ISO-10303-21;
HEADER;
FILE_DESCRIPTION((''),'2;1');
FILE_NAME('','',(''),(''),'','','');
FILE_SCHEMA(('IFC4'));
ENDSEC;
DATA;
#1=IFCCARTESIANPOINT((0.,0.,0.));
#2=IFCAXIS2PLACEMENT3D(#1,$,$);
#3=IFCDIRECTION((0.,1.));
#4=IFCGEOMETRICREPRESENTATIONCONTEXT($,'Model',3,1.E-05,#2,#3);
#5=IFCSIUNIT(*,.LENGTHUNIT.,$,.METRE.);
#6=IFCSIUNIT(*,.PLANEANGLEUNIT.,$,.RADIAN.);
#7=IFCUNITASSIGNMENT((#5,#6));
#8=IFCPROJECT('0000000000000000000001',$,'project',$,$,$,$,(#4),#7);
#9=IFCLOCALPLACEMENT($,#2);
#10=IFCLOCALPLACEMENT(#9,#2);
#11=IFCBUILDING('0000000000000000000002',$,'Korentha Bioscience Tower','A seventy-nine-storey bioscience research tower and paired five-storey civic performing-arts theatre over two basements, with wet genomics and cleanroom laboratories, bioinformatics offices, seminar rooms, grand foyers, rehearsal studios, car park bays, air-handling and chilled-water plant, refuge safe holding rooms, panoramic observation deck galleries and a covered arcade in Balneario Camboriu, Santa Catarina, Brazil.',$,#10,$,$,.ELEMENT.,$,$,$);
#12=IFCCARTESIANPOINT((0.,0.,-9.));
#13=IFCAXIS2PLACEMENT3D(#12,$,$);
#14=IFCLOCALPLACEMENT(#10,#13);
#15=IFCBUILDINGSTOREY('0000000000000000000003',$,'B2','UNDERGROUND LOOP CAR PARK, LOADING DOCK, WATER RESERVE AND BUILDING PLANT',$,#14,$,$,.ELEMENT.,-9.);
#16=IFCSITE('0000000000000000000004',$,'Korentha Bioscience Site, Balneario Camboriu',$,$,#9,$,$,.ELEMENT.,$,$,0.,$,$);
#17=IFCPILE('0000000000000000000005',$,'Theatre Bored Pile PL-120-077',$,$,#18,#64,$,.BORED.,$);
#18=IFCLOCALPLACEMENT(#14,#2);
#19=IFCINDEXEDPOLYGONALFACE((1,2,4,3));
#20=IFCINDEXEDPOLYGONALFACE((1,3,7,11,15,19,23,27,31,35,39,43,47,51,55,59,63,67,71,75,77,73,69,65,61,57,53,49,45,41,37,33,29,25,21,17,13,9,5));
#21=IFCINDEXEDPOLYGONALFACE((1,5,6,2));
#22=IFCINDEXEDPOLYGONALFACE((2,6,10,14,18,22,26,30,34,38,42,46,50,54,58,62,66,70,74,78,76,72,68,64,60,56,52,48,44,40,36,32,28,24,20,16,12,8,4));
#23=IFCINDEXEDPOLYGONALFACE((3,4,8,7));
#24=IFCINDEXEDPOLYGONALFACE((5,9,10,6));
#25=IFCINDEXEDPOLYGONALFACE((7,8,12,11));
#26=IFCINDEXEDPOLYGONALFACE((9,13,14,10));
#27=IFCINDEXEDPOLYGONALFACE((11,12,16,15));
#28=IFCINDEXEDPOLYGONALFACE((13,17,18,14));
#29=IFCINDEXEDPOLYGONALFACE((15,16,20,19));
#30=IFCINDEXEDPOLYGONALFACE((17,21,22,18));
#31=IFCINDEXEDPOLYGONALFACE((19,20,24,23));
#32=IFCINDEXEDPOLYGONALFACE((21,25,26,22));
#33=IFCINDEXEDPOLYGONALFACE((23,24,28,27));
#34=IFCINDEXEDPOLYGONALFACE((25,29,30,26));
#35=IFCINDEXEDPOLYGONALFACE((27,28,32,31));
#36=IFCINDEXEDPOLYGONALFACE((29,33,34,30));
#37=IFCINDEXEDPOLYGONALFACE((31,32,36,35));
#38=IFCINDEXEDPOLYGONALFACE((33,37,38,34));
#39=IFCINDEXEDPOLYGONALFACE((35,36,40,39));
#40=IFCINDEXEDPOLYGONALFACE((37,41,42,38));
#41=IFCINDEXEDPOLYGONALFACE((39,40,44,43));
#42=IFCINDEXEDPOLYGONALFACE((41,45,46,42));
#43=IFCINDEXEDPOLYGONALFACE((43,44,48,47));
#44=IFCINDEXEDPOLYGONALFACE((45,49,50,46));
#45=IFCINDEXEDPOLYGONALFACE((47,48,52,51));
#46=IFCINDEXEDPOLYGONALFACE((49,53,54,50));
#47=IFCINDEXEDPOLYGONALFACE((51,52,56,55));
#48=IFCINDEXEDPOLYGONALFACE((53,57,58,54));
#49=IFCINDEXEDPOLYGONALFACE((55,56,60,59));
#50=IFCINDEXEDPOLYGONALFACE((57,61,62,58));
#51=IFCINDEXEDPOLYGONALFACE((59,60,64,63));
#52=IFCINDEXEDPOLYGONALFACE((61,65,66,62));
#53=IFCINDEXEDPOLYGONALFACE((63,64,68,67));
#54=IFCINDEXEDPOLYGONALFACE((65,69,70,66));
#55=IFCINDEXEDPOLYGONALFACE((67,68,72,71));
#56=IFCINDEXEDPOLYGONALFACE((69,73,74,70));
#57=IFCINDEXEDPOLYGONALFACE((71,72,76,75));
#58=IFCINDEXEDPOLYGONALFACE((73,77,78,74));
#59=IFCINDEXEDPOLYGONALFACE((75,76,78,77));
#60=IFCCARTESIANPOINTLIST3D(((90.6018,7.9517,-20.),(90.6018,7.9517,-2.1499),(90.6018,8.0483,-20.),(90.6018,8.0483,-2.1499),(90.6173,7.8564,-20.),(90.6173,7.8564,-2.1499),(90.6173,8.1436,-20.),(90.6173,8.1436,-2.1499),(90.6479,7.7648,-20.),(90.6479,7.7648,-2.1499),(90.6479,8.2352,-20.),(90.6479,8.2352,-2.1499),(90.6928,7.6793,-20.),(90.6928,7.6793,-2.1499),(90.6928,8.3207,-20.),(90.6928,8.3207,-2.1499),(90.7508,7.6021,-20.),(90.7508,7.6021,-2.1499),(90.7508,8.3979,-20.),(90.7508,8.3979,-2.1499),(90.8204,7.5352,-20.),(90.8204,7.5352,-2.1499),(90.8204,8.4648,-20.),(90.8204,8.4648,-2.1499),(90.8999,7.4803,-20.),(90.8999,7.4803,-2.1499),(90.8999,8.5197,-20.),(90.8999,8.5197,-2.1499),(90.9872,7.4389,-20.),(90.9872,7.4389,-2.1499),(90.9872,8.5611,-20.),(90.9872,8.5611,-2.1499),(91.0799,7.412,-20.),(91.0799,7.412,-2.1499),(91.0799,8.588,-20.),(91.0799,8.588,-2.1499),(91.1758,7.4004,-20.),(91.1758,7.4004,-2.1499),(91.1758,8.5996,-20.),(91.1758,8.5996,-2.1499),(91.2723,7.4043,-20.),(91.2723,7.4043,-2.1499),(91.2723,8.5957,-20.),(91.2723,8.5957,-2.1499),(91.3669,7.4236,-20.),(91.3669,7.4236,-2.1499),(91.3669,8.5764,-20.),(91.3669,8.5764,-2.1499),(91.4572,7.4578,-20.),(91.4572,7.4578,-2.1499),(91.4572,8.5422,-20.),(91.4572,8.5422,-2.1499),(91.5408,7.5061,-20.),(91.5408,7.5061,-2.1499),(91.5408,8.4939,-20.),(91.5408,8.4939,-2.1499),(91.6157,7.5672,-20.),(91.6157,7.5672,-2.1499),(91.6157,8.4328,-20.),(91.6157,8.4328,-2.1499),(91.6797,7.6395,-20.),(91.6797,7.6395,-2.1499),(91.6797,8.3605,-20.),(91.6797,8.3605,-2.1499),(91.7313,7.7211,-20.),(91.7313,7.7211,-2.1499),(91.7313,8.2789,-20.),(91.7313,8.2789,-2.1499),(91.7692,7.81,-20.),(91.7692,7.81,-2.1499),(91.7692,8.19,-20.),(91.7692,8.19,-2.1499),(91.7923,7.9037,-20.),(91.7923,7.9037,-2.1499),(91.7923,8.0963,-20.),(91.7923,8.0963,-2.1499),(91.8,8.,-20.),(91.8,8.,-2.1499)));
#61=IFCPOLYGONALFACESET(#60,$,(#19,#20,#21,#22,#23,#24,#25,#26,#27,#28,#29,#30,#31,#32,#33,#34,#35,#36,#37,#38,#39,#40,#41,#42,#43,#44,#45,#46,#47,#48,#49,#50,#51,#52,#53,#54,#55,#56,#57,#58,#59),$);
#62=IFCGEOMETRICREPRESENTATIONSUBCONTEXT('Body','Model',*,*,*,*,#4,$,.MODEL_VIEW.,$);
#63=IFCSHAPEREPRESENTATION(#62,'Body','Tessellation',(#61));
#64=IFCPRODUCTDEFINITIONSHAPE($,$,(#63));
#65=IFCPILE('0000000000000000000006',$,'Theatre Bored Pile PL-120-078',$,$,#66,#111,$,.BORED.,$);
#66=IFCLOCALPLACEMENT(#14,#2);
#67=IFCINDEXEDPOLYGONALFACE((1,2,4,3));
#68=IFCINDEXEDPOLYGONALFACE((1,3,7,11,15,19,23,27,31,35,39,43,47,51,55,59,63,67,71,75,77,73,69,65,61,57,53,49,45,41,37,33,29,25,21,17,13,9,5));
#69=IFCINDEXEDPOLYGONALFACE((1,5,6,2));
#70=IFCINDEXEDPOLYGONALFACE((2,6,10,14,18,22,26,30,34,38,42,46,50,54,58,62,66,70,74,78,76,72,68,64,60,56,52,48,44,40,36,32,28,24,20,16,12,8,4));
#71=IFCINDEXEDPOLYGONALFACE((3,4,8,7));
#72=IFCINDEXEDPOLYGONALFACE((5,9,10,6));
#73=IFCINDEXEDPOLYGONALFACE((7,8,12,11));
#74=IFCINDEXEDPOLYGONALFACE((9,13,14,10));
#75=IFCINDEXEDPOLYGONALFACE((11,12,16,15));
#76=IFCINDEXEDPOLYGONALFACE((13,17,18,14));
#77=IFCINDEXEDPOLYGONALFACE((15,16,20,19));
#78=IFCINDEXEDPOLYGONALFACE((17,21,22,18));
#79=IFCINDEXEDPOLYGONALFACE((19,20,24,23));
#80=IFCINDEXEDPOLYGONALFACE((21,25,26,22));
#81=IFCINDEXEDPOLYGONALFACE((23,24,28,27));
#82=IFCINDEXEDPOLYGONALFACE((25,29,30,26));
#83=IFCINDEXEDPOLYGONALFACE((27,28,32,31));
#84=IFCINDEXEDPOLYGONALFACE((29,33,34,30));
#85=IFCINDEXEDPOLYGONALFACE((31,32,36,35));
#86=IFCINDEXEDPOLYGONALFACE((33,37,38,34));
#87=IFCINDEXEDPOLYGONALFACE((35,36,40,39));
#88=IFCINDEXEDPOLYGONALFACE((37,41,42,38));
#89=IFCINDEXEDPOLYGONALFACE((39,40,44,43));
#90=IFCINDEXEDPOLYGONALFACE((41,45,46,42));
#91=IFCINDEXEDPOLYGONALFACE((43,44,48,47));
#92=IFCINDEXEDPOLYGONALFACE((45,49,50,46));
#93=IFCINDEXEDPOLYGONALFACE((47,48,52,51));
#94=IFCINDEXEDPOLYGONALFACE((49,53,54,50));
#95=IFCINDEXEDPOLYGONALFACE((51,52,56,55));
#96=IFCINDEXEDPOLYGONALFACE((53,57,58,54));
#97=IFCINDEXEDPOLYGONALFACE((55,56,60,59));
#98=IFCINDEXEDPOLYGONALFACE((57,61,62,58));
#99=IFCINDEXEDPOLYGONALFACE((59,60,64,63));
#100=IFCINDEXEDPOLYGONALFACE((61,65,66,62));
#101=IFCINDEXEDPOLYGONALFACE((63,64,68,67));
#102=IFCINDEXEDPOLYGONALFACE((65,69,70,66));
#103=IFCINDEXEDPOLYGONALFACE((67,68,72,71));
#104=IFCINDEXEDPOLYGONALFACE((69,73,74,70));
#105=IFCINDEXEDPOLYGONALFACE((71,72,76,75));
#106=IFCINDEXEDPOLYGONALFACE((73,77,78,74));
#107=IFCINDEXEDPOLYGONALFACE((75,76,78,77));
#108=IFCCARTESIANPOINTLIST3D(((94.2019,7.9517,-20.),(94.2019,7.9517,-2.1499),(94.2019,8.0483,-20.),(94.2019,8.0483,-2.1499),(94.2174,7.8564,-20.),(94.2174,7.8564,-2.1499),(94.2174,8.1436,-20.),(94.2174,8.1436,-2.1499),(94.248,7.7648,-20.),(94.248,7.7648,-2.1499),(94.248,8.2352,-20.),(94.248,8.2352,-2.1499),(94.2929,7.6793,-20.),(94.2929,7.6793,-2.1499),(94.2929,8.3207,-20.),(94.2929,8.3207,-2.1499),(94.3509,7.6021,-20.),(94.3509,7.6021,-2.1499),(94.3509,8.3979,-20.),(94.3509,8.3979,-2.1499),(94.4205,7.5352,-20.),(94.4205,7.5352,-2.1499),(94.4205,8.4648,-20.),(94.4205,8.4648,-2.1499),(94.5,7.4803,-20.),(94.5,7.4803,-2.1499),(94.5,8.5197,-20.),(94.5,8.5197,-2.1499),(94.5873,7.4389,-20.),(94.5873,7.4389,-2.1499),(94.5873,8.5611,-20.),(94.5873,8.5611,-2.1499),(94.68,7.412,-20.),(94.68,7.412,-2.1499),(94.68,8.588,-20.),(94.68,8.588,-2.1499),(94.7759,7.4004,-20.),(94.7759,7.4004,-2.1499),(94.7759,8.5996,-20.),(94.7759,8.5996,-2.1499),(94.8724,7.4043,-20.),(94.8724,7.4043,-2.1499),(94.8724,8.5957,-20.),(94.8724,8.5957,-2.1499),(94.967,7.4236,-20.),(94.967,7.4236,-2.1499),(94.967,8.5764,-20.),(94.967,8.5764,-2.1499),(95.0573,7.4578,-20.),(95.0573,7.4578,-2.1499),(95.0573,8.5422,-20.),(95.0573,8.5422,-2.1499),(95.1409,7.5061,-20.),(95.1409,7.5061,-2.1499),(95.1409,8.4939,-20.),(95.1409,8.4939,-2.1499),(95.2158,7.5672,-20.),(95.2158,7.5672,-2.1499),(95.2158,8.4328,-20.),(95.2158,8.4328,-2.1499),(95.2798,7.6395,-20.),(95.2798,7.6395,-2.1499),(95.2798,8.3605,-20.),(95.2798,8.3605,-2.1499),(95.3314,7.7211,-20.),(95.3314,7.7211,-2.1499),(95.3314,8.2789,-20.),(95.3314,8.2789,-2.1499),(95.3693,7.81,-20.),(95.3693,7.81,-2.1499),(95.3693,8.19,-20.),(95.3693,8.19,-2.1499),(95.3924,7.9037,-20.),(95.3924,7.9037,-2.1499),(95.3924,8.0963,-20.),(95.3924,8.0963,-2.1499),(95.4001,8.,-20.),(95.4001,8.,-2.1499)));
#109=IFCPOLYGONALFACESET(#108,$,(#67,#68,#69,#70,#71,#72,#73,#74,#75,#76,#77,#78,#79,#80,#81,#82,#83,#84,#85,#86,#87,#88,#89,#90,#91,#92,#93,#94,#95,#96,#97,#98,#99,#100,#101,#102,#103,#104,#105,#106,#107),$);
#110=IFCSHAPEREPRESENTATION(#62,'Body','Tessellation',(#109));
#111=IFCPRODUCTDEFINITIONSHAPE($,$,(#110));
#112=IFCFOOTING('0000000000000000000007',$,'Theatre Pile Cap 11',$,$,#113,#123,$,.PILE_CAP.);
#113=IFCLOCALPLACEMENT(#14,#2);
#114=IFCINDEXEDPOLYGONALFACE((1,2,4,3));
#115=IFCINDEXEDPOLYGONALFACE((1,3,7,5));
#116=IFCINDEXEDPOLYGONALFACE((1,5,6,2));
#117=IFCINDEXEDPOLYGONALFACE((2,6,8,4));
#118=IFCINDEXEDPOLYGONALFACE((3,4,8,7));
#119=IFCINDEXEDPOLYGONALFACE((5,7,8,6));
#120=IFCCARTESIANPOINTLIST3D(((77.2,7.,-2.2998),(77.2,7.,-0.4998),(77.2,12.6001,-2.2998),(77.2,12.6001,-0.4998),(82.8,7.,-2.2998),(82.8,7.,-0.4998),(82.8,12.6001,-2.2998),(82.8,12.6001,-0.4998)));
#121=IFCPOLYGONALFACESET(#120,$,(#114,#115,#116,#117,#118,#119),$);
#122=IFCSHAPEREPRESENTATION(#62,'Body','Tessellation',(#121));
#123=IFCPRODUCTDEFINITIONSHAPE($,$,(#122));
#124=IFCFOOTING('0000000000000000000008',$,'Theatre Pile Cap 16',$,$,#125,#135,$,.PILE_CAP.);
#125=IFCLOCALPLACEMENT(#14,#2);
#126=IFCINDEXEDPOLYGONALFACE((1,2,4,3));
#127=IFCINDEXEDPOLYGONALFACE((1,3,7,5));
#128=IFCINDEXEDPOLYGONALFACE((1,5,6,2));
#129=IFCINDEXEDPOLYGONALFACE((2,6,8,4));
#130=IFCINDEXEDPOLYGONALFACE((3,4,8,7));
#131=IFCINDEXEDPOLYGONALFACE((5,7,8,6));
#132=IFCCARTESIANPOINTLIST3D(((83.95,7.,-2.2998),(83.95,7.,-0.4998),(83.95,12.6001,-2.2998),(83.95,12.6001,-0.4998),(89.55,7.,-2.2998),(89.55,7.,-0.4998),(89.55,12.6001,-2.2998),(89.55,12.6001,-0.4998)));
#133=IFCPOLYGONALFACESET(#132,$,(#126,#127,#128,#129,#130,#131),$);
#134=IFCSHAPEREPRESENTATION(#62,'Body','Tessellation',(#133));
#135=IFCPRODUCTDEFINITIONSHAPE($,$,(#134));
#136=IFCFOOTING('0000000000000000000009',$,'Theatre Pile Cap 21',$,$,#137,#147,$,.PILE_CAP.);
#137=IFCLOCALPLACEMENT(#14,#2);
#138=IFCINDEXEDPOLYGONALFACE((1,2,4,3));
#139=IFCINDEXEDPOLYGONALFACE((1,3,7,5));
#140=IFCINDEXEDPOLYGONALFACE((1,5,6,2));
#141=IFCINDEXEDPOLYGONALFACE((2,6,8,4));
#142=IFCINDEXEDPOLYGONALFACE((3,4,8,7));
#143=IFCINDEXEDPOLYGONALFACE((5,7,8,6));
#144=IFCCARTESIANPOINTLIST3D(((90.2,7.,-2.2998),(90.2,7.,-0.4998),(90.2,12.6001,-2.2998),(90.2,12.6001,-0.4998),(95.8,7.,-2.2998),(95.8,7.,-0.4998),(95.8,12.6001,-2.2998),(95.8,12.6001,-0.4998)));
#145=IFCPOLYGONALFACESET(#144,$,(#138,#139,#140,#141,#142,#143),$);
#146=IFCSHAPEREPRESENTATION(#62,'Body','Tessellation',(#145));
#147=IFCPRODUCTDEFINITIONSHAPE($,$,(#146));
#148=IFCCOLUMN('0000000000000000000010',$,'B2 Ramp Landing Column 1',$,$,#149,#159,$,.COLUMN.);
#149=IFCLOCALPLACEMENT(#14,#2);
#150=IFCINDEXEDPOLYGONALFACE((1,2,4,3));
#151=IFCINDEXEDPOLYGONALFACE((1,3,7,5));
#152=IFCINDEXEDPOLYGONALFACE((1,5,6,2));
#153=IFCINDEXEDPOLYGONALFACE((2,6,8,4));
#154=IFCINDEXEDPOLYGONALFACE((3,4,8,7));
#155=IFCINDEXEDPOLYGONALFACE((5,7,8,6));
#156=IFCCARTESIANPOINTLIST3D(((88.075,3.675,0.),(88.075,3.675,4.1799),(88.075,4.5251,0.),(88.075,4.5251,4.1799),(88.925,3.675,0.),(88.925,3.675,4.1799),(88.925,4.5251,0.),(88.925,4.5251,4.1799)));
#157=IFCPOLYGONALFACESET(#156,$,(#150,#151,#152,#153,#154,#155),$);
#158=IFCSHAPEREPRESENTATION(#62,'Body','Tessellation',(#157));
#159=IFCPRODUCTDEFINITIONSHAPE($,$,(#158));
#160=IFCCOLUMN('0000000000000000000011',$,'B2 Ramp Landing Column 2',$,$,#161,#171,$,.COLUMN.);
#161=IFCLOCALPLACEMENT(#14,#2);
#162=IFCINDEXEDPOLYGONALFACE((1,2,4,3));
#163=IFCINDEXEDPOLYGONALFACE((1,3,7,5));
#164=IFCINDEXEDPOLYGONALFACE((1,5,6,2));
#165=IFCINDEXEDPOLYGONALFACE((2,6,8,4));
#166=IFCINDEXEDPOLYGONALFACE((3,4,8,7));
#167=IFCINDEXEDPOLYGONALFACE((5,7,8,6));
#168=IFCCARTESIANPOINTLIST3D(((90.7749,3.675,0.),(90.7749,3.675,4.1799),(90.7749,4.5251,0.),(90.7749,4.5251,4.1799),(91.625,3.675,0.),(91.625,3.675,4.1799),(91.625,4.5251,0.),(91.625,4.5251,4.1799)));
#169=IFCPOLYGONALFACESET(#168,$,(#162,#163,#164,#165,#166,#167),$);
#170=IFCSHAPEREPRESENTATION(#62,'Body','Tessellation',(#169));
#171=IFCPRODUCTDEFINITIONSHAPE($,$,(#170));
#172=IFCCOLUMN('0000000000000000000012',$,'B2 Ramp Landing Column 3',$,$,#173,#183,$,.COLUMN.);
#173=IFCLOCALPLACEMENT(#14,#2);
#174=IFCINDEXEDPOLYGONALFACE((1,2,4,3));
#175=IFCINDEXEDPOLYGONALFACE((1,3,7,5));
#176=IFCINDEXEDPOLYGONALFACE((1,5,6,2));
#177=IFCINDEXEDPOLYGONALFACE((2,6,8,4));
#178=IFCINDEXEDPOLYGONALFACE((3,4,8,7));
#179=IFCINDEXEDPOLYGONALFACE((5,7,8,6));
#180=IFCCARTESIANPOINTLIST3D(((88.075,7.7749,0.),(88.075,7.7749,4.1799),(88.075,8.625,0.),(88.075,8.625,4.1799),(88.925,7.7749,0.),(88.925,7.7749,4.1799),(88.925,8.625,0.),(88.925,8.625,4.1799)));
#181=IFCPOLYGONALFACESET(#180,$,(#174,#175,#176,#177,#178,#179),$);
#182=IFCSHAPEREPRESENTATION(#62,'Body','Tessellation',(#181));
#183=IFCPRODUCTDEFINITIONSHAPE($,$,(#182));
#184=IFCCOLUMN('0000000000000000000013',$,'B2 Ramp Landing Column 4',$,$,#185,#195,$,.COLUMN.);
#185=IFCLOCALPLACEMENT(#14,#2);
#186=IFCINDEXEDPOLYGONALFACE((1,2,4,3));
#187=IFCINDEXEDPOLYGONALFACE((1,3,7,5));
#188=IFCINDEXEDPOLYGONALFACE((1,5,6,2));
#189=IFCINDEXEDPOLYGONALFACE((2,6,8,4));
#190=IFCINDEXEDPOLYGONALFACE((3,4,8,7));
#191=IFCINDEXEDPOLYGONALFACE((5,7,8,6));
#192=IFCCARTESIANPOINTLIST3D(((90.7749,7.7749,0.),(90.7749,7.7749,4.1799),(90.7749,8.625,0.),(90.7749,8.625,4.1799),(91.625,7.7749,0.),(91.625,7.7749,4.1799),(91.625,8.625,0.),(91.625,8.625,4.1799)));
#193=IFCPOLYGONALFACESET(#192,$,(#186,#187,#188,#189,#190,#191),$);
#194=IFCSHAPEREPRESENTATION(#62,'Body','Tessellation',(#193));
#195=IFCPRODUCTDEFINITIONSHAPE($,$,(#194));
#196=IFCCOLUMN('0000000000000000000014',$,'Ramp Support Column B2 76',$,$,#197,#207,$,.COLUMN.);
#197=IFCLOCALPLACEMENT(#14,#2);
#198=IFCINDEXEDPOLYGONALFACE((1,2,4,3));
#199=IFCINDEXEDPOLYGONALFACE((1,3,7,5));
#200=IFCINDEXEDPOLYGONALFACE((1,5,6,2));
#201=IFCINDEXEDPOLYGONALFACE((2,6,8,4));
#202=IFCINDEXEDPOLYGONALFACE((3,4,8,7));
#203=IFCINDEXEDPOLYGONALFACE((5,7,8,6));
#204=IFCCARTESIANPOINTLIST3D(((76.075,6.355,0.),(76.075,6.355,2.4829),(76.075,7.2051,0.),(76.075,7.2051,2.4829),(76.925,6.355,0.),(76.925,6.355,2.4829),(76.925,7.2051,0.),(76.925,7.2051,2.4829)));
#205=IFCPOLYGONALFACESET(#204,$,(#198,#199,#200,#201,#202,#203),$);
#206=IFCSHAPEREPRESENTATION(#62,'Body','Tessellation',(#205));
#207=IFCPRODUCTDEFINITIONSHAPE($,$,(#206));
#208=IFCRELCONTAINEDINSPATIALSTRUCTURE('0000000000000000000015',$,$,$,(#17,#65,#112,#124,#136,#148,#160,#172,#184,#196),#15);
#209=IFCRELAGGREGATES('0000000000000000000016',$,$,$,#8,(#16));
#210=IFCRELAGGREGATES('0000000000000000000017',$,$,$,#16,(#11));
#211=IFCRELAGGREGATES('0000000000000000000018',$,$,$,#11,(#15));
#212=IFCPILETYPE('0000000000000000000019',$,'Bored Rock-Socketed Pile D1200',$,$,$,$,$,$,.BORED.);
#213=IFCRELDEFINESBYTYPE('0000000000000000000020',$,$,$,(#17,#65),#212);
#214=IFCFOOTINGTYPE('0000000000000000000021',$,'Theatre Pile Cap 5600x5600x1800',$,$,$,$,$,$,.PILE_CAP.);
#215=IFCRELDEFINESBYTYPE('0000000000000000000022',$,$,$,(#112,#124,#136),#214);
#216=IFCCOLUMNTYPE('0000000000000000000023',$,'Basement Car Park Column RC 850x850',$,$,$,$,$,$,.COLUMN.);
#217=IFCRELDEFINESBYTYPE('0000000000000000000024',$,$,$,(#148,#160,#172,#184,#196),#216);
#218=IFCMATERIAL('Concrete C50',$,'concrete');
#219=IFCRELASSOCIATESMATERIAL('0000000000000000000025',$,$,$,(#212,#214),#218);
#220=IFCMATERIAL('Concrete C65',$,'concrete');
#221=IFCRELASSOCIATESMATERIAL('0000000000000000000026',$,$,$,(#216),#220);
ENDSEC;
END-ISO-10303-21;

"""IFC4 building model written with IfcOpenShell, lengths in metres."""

from ifc_helpers import new_model, si_unit, direction, frame, origin, origin_2d, place, context, subcontext, project, spatial, rectangle, circle, extrude, material, material_profile, profile_set, type_object, element, save


model = new_model("IFC4")

# Units and contexts
model_context = context("Model", 3, precision=1e-05, world=origin(), true_north=direction((0.0, 1.0)))
body_context = subcontext(model_context, "Body", "Model", "MODEL_VIEW")
ifc_project = project(units=[si_unit("LENGTHUNIT", "METRE"), si_unit("PLANEANGLEUNIT", "RADIAN")], contexts=[model_context])

# Site, building, storey
site_placement = place(None, origin())
site = spatial("IfcSite", under=ifc_project, at=site_placement, Name="Korentha Bioscience Site, Balneario Camboriu", CompositionType="ELEMENT", RefElevation=0.0)
building_placement = place(site_placement, origin())
building = spatial("IfcBuilding", under=site, at=building_placement, Name="Korentha Bioscience Tower", Description="A seventy-nine-storey bioscience research tower and paired five-storey civic performing-arts theatre over two basements, with wet genomics and cleanroom laboratories, bioinformatics offices, seminar rooms, grand foyers, rehearsal studios, car park bays, air-handling and chilled-water plant, refuge safe holding rooms, panoramic observation deck galleries and a covered arcade in Balneario Camboriu, Santa Catarina, Brazil.", CompositionType="ELEMENT")
storey_placement = place(building_placement, frame((0.0, 0.0, -9.0)))
storey = spatial("IfcBuildingStorey", under=building, at=storey_placement, Name="B2", Description="UNDERGROUND LOOP CAR PARK, LOADING DOCK, WATER RESERVE AND BUILDING PLANT", CompositionType="ELEMENT", Elevation=-9.0)

# Piles
ifc_material_1 = material(Name="Concrete C50", Category="concrete")
ifc_material_profile_1 = material_profile(ifc_material_1, circle(Radius=0.6001, at=origin_2d()), Name="Concrete C50")
ifc_profile_set_1 = profile_set([ifc_material_profile_1], Name="Concrete C50 (PL-120)")
pile_type = type_object("IfcPileType", Name="Bored Rock-Socketed Pile D1200", PredefinedType="BORED", material=ifc_profile_set_1)
for number, where, z_axis, x_axis, name in (
    (1, (91.2, 8.0, -2.1499), (0.0, 0.0, -1.0), (1.0, 0.0, 0.0), "Theatre Bored Pile PL-120-077"),
    (2, (94.8, 8.0, -2.1499), (0.0, 0.0, -1.0), (1.0, 0.0, 0.0), "Theatre Bored Pile PL-120-078"),
):
    element("IfcPile", number, at=place(storey_placement, frame(where, z_axis=z_axis, x_axis=x_axis)), inside=storey, type_object=pile_type, Name=name, PredefinedType="BORED", context=body_context, shape_type="SweptSolid", body=[
        extrude(circle(Radius=0.6001, at=origin_2d()), origin(), (0.0, 0.0, 1.0), 17.8501),
    ])

# Footings
footing_type = type_object("IfcFootingType", Name="Theatre Pile Cap 5600x5600x1800", PredefinedType="PILE_CAP", material=ifc_material_1)
for number, where, z_axis, x_axis, name in (
    (3, (80.0, 9.8, -2.2998), (0.0, 0.0, 1.0), (1.0, 0.0, 0.0), "Theatre Pile Cap 11"),
    (4, (86.75, 9.8, -2.2998), (0.0, 0.0, 1.0), (1.0, 0.0, 0.0), "Theatre Pile Cap 16"),
    (5, (93.0, 9.8, -2.2998), (0.0, 0.0, 1.0), (1.0, 0.0, 0.0), "Theatre Pile Cap 21"),
):
    element("IfcFooting", number, at=place(storey_placement, frame(where, z_axis=z_axis, x_axis=x_axis)), inside=storey, type_object=footing_type, Name=name, PredefinedType="PILE_CAP", context=body_context, shape_type="SweptSolid", body=[
        extrude(rectangle(XDim=5.6001, YDim=5.6001, at=origin_2d()), origin(), (0.0, 0.0, 1.0), 1.8),
    ])

# Columns
ifc_material_2 = material(Name="Concrete C65", Category="concrete")
ifc_material_profile_2 = material_profile(ifc_material_2, rectangle(XDim=0.8501, YDim=0.8501, at=origin_2d()), Name="Concrete C65")
ifc_profile_set_2 = profile_set([ifc_material_profile_2], Name="Concrete C65 (BC-01)")
column_type_1 = type_object("IfcColumnType", Name="Basement Car Park Column RC 850x850", PredefinedType="COLUMN", material=ifc_profile_set_2)
for number, where, z_axis, x_axis, name in (
    (6, (88.5, 4.1001, 0.0), (0.0, 0.0, 1.0), (1.0, 0.0, 0.0), "B2 Ramp Landing Column 1"),
    (7, (91.2, 4.1001, 0.0), (0.0, 0.0, 1.0), (1.0, 0.0, 0.0), "B2 Ramp Landing Column 2"),
    (8, (88.5, 8.2, 0.0), (0.0, 0.0, 1.0), (1.0, 0.0, 0.0), "B2 Ramp Landing Column 3"),
    (9, (91.2, 8.2, 0.0), (0.0, 0.0, 1.0), (1.0, 0.0, 0.0), "B2 Ramp Landing Column 4"),
):
    element("IfcColumn", number, at=place(storey_placement, frame(where, z_axis=z_axis, x_axis=x_axis)), inside=storey, type_object=column_type_1, Name=name, PredefinedType="COLUMN", context=body_context, shape_type="SweptSolid", body=[
        extrude(rectangle(XDim=0.8501, YDim=0.8501, at=origin_2d()), origin(), (0.0, 0.0, 1.0), 4.1799),
    ])
column_1_placement = place(storey_placement, frame((76.5, 6.78, 0.0), z_axis=(0.0, 0.0, 1.0), x_axis=(1.0, 0.0, 0.0)))
element("IfcColumn", 10, at=column_1_placement, inside=storey, type_object=column_type_1, Name="Ramp Support Column B2 76", PredefinedType="COLUMN", context=body_context, shape_type="SweptSolid", body=[
    extrude(rectangle(XDim=0.8501, YDim=0.8501, at=origin_2d()), origin(), (0.0, 0.0, 1.0), 2.4829),
])

save(model, "model.ifc")
